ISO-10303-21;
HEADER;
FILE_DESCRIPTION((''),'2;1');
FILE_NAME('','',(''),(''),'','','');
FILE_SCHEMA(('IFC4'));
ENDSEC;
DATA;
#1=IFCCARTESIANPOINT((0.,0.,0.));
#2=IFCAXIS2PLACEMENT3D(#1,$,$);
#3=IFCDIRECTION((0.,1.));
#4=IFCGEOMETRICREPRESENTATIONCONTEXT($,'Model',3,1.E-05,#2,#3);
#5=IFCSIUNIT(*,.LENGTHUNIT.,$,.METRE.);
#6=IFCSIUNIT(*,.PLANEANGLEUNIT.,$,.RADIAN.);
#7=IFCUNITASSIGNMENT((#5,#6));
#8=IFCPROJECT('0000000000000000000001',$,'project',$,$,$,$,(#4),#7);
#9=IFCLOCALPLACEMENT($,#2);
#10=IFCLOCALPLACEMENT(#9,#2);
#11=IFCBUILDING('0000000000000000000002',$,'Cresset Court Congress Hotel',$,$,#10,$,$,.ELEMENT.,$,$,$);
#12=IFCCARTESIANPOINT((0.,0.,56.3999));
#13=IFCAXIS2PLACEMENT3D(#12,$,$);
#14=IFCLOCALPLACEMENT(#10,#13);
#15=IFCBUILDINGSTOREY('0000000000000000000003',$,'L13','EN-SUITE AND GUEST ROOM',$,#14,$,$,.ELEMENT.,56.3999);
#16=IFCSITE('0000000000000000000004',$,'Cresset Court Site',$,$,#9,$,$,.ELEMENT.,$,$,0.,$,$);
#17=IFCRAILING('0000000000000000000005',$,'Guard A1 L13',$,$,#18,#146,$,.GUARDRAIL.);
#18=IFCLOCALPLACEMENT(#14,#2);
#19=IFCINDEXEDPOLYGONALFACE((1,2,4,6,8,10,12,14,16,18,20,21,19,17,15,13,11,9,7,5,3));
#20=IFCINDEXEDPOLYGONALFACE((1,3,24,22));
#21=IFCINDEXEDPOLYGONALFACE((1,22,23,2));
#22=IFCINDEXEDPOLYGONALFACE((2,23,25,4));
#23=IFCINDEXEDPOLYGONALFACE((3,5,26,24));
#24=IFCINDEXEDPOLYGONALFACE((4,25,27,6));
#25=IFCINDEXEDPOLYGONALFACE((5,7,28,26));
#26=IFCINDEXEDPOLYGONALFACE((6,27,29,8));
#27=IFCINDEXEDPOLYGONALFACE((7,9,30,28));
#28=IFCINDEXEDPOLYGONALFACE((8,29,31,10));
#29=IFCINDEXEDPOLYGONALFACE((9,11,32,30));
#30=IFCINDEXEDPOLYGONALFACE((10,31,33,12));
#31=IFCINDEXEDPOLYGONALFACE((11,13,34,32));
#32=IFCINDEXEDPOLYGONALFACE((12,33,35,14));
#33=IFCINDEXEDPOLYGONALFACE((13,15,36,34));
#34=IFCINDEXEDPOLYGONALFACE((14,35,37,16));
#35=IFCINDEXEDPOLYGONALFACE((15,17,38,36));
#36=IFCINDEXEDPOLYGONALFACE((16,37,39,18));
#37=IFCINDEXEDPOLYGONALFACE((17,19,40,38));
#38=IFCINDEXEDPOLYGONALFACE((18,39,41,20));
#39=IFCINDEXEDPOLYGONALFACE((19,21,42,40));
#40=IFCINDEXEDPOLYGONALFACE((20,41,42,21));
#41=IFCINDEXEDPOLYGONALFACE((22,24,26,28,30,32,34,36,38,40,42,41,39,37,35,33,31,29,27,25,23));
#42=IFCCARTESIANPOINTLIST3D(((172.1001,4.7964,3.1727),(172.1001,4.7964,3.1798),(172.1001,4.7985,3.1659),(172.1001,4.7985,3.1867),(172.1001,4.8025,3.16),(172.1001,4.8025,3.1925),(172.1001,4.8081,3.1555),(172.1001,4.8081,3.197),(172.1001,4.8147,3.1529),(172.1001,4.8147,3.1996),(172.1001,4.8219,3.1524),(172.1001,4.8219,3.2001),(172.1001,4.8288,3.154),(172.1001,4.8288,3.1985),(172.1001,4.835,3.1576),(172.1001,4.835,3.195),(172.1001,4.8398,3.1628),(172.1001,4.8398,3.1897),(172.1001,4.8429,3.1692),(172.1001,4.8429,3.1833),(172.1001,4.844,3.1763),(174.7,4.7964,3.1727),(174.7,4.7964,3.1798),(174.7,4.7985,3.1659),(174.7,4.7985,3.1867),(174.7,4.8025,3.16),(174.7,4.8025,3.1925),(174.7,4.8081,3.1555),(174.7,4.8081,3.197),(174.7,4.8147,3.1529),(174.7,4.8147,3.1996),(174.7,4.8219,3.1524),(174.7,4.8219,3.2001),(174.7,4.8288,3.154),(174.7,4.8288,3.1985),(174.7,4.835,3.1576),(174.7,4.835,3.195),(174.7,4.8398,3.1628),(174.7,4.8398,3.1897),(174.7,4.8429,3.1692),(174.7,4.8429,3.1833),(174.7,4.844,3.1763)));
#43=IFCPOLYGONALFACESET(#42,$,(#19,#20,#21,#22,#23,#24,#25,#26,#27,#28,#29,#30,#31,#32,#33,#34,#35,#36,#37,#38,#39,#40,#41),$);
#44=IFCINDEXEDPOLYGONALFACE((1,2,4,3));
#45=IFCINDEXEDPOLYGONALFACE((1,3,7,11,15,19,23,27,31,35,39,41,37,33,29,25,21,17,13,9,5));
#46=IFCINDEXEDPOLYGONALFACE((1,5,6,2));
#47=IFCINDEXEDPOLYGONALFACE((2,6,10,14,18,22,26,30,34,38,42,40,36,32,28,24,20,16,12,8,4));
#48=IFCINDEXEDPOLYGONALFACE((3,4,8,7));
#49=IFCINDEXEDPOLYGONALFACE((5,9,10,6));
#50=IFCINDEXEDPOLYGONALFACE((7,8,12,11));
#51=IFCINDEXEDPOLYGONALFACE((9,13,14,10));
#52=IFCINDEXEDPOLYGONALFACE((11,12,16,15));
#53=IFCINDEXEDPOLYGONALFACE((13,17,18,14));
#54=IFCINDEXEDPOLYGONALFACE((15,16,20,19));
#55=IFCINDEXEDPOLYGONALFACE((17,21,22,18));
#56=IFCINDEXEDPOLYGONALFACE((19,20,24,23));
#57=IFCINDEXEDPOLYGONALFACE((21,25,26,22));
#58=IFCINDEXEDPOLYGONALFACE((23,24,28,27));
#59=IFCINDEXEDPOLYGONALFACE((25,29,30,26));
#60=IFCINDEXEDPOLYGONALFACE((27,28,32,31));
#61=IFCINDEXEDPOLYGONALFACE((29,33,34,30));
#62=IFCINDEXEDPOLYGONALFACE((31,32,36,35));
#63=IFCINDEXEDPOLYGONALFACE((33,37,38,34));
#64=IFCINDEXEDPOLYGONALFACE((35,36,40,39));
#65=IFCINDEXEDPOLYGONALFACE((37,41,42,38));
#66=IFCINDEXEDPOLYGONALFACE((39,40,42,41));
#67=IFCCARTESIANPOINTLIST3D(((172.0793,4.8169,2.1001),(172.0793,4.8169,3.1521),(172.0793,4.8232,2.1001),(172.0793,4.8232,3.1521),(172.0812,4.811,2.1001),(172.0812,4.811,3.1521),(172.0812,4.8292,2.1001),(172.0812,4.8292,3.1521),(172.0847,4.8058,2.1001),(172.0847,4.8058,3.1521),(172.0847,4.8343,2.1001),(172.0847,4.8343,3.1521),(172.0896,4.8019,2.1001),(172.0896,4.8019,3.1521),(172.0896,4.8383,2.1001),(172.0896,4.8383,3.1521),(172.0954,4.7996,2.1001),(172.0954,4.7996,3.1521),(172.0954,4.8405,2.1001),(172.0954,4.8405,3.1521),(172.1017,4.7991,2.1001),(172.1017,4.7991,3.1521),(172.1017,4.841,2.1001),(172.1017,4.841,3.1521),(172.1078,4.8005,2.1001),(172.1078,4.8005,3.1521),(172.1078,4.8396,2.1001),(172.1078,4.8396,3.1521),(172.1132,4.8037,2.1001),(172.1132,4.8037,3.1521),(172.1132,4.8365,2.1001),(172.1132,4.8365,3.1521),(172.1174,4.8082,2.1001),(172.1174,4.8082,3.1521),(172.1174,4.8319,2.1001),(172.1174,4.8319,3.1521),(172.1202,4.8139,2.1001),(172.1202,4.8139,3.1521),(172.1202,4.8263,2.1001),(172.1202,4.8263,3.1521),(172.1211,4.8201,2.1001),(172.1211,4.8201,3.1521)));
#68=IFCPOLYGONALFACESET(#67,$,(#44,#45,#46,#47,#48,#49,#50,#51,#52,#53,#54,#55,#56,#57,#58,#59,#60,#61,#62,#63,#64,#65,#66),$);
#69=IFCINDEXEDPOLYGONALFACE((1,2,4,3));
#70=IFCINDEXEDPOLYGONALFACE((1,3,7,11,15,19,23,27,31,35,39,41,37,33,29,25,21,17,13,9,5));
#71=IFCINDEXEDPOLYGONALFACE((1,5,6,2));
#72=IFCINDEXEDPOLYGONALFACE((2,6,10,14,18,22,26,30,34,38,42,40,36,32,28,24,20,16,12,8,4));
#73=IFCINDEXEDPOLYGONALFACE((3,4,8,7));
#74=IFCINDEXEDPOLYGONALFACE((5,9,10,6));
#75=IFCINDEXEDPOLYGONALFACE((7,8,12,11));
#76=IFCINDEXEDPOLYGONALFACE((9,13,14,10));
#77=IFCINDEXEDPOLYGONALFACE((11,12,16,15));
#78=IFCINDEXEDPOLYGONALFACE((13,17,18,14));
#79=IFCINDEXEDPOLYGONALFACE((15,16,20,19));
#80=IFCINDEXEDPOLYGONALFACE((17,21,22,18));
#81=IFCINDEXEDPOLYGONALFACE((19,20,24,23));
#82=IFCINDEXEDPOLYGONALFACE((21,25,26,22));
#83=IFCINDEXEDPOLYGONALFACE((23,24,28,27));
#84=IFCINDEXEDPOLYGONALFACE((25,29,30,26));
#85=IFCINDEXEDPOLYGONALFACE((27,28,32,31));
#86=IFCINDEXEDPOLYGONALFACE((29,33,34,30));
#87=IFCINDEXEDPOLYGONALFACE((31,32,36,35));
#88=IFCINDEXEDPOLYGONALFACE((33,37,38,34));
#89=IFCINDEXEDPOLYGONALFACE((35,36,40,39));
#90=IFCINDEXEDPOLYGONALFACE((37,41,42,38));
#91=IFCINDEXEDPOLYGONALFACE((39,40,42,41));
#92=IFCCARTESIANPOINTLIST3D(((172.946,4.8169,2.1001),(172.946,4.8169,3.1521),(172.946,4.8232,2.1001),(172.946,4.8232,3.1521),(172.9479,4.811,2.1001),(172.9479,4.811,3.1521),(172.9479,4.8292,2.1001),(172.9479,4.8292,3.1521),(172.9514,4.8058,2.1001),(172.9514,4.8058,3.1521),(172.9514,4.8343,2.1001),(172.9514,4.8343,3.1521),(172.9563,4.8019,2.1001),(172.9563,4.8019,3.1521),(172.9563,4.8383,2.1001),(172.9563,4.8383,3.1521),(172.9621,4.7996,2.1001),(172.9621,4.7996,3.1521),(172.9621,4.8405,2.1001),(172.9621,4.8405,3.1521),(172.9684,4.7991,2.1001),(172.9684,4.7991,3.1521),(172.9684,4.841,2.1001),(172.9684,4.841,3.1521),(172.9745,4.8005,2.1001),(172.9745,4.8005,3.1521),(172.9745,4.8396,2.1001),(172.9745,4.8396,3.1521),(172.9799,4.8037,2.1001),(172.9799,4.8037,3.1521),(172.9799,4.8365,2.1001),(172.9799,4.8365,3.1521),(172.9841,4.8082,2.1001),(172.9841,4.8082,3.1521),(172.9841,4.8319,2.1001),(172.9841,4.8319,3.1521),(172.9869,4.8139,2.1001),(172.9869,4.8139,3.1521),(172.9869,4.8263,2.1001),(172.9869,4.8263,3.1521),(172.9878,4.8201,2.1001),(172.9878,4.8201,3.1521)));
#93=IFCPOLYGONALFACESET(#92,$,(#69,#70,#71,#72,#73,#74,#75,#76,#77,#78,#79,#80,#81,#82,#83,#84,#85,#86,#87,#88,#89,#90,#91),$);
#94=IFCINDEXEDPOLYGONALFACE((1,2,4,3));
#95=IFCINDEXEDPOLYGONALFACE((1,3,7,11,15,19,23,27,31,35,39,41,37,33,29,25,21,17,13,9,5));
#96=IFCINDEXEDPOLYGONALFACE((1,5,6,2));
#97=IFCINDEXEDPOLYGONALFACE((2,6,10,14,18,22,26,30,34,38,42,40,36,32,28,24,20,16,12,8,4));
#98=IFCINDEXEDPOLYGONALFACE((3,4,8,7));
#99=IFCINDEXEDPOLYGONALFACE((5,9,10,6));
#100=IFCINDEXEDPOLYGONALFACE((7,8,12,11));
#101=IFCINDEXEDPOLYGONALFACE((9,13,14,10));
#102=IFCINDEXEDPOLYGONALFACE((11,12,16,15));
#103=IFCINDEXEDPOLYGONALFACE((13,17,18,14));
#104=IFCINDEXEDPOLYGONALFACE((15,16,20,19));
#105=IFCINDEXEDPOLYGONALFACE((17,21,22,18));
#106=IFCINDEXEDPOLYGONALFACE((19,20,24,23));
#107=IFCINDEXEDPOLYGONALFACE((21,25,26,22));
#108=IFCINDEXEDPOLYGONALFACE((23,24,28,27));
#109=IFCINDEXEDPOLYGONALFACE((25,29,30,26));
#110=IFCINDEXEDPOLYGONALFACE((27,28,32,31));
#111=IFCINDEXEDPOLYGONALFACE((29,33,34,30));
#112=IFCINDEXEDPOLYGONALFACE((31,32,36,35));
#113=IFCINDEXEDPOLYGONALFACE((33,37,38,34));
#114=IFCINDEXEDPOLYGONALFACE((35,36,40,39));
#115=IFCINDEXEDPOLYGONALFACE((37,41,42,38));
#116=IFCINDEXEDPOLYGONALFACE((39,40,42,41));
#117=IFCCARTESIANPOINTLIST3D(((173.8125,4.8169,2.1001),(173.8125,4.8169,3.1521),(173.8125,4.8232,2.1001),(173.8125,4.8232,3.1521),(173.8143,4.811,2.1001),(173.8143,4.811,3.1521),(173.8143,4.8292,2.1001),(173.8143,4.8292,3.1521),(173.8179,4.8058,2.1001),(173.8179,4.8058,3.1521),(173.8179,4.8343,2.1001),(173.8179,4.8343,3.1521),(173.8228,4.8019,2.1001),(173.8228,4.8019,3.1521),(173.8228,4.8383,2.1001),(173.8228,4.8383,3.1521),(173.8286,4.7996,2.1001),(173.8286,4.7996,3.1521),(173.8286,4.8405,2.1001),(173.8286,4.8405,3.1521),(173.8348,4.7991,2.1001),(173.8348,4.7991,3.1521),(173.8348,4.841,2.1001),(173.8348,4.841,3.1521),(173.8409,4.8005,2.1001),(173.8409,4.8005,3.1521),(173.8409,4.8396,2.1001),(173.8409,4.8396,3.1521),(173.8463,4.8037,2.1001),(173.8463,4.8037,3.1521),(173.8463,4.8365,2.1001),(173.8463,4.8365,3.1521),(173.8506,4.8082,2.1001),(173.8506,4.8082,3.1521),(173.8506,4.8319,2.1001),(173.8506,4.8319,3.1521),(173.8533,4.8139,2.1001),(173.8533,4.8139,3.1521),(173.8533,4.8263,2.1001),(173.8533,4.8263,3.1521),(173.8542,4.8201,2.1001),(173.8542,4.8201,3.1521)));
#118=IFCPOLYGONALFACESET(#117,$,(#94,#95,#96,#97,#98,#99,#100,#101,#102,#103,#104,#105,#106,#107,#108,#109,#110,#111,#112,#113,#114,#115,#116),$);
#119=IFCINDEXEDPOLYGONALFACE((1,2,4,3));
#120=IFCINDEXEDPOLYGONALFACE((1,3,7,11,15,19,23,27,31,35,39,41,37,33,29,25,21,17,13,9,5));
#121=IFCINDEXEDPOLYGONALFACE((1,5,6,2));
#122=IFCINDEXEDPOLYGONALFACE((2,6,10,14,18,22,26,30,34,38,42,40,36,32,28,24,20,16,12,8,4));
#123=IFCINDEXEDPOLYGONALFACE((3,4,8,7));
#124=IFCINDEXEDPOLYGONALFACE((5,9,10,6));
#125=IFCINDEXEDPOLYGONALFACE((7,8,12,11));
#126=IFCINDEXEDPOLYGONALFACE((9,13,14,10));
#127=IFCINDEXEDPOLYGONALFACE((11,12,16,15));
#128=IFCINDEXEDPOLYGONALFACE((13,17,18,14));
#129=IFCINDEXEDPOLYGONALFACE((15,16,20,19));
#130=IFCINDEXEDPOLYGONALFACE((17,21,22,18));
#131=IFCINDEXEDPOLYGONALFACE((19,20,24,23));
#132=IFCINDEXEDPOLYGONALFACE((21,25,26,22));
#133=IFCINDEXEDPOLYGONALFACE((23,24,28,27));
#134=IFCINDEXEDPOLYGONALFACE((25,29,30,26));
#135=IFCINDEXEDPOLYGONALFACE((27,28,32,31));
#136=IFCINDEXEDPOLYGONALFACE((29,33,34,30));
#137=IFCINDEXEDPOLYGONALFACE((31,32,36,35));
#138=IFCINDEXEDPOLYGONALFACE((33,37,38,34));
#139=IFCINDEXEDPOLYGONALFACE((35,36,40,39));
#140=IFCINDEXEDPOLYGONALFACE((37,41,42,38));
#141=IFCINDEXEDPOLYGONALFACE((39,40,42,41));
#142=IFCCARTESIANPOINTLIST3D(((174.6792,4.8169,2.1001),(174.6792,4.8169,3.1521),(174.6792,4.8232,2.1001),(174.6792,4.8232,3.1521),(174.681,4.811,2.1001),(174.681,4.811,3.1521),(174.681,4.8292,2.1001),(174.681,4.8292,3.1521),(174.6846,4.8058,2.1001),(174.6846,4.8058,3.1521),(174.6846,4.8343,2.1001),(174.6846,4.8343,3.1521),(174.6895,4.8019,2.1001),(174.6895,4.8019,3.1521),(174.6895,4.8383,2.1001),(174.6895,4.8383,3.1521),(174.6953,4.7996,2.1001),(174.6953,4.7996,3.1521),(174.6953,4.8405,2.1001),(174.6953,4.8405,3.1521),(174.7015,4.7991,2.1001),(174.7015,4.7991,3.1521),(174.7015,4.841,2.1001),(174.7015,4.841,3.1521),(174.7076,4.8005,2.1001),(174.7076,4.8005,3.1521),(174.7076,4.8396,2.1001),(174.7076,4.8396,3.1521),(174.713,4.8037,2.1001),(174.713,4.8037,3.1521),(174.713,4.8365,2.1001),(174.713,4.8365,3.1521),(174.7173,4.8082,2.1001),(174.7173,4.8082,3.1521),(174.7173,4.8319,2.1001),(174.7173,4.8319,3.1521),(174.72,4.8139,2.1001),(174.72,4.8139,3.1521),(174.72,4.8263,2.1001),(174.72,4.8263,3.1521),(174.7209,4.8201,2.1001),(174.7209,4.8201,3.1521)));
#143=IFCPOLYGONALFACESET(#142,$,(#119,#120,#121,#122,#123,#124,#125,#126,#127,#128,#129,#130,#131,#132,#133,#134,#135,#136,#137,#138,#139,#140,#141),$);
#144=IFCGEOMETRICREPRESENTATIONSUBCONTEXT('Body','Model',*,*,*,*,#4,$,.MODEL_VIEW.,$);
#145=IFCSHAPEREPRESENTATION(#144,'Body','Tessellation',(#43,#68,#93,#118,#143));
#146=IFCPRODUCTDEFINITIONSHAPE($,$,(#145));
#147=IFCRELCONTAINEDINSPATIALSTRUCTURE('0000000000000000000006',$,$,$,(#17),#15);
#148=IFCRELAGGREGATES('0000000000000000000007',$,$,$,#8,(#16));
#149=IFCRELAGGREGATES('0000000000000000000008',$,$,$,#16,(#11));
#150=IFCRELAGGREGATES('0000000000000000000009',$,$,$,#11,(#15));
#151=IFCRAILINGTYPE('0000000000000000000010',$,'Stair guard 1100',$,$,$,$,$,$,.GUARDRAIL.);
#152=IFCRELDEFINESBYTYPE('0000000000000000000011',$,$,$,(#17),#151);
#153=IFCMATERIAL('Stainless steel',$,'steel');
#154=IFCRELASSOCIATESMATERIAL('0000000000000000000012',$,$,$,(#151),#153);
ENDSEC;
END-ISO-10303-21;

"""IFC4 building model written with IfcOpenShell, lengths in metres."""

from ifc_helpers import new_model, si_unit, direction, frame, origin, origin_2d, place, context, subcontext, project, spatial, circle, extrude, material, type_object, element, save


model = new_model("IFC4")

# Units and contexts
model_context = context("Model", 3, precision=1e-05, world=origin(), true_north=direction((0.0, 1.0)))
body_context = subcontext(model_context, "Body", "Model", "MODEL_VIEW")
ifc_project = project(units=[si_unit("LENGTHUNIT", "METRE"), si_unit("PLANEANGLEUNIT", "RADIAN")], contexts=[model_context])

# Site, building, storey
site_placement = place(None, origin())
site = spatial("IfcSite", under=ifc_project, at=site_placement, Name="Cresset Court Site", CompositionType="ELEMENT", RefElevation=0.0)
building_placement = place(site_placement, origin())
building = spatial("IfcBuilding", under=site, at=building_placement, Name="Cresset Court Congress Hotel", CompositionType="ELEMENT")
storey_placement = place(building_placement, frame((0.0, 0.0, 56.3999)))
storey = spatial("IfcBuildingStorey", under=building, at=storey_placement, Name="L13", Description="EN-SUITE AND GUEST ROOM", CompositionType="ELEMENT", Elevation=56.3999)

# Railing
ifc_material_1 = material(Name="Stainless steel", Category="steel")
railing_type_1 = type_object("IfcRailingType", Name="Stair guard 1100", PredefinedType="GUARDRAIL", material=ifc_material_1)
railing_1_placement = place(storey_placement, frame((172.1001, 4.8201, 2.1001)))
element("IfcRailing", 1, at=railing_1_placement, inside=storey, type_object=railing_type_1, Name="Guard A1 L13", PredefinedType="GUARDRAIL", context=body_context, shape_type="SweptSolid", body=[
    extrude(circle(Radius=0.0239, at=origin_2d()), frame((0.0, 0.0, 1.0762), z_axis=(1.0, 0.0, 0.0), x_axis=(0.0, 1.0, 0.0)), (0.0, 0.0, 1.0), 2.5999),
    extrude(circle(Radius=0.021, at=origin_2d()), origin(), (0.0, 0.0, 1.0), 1.052),
    extrude(circle(Radius=0.021, at=origin_2d()), frame((0.8667, 0.0, 0.0)), (0.0, 0.0, 1.0), 1.052),
    extrude(circle(Radius=0.021, at=origin_2d()), frame((1.7332, 0.0, 0.0)), (0.0, 0.0, 1.0), 1.052),
    extrude(circle(Radius=0.021, at=origin_2d()), frame((2.5999, 0.0, 0.0)), (0.0, 0.0, 1.0), 1.052),
])

save(model, "model.ifc")
